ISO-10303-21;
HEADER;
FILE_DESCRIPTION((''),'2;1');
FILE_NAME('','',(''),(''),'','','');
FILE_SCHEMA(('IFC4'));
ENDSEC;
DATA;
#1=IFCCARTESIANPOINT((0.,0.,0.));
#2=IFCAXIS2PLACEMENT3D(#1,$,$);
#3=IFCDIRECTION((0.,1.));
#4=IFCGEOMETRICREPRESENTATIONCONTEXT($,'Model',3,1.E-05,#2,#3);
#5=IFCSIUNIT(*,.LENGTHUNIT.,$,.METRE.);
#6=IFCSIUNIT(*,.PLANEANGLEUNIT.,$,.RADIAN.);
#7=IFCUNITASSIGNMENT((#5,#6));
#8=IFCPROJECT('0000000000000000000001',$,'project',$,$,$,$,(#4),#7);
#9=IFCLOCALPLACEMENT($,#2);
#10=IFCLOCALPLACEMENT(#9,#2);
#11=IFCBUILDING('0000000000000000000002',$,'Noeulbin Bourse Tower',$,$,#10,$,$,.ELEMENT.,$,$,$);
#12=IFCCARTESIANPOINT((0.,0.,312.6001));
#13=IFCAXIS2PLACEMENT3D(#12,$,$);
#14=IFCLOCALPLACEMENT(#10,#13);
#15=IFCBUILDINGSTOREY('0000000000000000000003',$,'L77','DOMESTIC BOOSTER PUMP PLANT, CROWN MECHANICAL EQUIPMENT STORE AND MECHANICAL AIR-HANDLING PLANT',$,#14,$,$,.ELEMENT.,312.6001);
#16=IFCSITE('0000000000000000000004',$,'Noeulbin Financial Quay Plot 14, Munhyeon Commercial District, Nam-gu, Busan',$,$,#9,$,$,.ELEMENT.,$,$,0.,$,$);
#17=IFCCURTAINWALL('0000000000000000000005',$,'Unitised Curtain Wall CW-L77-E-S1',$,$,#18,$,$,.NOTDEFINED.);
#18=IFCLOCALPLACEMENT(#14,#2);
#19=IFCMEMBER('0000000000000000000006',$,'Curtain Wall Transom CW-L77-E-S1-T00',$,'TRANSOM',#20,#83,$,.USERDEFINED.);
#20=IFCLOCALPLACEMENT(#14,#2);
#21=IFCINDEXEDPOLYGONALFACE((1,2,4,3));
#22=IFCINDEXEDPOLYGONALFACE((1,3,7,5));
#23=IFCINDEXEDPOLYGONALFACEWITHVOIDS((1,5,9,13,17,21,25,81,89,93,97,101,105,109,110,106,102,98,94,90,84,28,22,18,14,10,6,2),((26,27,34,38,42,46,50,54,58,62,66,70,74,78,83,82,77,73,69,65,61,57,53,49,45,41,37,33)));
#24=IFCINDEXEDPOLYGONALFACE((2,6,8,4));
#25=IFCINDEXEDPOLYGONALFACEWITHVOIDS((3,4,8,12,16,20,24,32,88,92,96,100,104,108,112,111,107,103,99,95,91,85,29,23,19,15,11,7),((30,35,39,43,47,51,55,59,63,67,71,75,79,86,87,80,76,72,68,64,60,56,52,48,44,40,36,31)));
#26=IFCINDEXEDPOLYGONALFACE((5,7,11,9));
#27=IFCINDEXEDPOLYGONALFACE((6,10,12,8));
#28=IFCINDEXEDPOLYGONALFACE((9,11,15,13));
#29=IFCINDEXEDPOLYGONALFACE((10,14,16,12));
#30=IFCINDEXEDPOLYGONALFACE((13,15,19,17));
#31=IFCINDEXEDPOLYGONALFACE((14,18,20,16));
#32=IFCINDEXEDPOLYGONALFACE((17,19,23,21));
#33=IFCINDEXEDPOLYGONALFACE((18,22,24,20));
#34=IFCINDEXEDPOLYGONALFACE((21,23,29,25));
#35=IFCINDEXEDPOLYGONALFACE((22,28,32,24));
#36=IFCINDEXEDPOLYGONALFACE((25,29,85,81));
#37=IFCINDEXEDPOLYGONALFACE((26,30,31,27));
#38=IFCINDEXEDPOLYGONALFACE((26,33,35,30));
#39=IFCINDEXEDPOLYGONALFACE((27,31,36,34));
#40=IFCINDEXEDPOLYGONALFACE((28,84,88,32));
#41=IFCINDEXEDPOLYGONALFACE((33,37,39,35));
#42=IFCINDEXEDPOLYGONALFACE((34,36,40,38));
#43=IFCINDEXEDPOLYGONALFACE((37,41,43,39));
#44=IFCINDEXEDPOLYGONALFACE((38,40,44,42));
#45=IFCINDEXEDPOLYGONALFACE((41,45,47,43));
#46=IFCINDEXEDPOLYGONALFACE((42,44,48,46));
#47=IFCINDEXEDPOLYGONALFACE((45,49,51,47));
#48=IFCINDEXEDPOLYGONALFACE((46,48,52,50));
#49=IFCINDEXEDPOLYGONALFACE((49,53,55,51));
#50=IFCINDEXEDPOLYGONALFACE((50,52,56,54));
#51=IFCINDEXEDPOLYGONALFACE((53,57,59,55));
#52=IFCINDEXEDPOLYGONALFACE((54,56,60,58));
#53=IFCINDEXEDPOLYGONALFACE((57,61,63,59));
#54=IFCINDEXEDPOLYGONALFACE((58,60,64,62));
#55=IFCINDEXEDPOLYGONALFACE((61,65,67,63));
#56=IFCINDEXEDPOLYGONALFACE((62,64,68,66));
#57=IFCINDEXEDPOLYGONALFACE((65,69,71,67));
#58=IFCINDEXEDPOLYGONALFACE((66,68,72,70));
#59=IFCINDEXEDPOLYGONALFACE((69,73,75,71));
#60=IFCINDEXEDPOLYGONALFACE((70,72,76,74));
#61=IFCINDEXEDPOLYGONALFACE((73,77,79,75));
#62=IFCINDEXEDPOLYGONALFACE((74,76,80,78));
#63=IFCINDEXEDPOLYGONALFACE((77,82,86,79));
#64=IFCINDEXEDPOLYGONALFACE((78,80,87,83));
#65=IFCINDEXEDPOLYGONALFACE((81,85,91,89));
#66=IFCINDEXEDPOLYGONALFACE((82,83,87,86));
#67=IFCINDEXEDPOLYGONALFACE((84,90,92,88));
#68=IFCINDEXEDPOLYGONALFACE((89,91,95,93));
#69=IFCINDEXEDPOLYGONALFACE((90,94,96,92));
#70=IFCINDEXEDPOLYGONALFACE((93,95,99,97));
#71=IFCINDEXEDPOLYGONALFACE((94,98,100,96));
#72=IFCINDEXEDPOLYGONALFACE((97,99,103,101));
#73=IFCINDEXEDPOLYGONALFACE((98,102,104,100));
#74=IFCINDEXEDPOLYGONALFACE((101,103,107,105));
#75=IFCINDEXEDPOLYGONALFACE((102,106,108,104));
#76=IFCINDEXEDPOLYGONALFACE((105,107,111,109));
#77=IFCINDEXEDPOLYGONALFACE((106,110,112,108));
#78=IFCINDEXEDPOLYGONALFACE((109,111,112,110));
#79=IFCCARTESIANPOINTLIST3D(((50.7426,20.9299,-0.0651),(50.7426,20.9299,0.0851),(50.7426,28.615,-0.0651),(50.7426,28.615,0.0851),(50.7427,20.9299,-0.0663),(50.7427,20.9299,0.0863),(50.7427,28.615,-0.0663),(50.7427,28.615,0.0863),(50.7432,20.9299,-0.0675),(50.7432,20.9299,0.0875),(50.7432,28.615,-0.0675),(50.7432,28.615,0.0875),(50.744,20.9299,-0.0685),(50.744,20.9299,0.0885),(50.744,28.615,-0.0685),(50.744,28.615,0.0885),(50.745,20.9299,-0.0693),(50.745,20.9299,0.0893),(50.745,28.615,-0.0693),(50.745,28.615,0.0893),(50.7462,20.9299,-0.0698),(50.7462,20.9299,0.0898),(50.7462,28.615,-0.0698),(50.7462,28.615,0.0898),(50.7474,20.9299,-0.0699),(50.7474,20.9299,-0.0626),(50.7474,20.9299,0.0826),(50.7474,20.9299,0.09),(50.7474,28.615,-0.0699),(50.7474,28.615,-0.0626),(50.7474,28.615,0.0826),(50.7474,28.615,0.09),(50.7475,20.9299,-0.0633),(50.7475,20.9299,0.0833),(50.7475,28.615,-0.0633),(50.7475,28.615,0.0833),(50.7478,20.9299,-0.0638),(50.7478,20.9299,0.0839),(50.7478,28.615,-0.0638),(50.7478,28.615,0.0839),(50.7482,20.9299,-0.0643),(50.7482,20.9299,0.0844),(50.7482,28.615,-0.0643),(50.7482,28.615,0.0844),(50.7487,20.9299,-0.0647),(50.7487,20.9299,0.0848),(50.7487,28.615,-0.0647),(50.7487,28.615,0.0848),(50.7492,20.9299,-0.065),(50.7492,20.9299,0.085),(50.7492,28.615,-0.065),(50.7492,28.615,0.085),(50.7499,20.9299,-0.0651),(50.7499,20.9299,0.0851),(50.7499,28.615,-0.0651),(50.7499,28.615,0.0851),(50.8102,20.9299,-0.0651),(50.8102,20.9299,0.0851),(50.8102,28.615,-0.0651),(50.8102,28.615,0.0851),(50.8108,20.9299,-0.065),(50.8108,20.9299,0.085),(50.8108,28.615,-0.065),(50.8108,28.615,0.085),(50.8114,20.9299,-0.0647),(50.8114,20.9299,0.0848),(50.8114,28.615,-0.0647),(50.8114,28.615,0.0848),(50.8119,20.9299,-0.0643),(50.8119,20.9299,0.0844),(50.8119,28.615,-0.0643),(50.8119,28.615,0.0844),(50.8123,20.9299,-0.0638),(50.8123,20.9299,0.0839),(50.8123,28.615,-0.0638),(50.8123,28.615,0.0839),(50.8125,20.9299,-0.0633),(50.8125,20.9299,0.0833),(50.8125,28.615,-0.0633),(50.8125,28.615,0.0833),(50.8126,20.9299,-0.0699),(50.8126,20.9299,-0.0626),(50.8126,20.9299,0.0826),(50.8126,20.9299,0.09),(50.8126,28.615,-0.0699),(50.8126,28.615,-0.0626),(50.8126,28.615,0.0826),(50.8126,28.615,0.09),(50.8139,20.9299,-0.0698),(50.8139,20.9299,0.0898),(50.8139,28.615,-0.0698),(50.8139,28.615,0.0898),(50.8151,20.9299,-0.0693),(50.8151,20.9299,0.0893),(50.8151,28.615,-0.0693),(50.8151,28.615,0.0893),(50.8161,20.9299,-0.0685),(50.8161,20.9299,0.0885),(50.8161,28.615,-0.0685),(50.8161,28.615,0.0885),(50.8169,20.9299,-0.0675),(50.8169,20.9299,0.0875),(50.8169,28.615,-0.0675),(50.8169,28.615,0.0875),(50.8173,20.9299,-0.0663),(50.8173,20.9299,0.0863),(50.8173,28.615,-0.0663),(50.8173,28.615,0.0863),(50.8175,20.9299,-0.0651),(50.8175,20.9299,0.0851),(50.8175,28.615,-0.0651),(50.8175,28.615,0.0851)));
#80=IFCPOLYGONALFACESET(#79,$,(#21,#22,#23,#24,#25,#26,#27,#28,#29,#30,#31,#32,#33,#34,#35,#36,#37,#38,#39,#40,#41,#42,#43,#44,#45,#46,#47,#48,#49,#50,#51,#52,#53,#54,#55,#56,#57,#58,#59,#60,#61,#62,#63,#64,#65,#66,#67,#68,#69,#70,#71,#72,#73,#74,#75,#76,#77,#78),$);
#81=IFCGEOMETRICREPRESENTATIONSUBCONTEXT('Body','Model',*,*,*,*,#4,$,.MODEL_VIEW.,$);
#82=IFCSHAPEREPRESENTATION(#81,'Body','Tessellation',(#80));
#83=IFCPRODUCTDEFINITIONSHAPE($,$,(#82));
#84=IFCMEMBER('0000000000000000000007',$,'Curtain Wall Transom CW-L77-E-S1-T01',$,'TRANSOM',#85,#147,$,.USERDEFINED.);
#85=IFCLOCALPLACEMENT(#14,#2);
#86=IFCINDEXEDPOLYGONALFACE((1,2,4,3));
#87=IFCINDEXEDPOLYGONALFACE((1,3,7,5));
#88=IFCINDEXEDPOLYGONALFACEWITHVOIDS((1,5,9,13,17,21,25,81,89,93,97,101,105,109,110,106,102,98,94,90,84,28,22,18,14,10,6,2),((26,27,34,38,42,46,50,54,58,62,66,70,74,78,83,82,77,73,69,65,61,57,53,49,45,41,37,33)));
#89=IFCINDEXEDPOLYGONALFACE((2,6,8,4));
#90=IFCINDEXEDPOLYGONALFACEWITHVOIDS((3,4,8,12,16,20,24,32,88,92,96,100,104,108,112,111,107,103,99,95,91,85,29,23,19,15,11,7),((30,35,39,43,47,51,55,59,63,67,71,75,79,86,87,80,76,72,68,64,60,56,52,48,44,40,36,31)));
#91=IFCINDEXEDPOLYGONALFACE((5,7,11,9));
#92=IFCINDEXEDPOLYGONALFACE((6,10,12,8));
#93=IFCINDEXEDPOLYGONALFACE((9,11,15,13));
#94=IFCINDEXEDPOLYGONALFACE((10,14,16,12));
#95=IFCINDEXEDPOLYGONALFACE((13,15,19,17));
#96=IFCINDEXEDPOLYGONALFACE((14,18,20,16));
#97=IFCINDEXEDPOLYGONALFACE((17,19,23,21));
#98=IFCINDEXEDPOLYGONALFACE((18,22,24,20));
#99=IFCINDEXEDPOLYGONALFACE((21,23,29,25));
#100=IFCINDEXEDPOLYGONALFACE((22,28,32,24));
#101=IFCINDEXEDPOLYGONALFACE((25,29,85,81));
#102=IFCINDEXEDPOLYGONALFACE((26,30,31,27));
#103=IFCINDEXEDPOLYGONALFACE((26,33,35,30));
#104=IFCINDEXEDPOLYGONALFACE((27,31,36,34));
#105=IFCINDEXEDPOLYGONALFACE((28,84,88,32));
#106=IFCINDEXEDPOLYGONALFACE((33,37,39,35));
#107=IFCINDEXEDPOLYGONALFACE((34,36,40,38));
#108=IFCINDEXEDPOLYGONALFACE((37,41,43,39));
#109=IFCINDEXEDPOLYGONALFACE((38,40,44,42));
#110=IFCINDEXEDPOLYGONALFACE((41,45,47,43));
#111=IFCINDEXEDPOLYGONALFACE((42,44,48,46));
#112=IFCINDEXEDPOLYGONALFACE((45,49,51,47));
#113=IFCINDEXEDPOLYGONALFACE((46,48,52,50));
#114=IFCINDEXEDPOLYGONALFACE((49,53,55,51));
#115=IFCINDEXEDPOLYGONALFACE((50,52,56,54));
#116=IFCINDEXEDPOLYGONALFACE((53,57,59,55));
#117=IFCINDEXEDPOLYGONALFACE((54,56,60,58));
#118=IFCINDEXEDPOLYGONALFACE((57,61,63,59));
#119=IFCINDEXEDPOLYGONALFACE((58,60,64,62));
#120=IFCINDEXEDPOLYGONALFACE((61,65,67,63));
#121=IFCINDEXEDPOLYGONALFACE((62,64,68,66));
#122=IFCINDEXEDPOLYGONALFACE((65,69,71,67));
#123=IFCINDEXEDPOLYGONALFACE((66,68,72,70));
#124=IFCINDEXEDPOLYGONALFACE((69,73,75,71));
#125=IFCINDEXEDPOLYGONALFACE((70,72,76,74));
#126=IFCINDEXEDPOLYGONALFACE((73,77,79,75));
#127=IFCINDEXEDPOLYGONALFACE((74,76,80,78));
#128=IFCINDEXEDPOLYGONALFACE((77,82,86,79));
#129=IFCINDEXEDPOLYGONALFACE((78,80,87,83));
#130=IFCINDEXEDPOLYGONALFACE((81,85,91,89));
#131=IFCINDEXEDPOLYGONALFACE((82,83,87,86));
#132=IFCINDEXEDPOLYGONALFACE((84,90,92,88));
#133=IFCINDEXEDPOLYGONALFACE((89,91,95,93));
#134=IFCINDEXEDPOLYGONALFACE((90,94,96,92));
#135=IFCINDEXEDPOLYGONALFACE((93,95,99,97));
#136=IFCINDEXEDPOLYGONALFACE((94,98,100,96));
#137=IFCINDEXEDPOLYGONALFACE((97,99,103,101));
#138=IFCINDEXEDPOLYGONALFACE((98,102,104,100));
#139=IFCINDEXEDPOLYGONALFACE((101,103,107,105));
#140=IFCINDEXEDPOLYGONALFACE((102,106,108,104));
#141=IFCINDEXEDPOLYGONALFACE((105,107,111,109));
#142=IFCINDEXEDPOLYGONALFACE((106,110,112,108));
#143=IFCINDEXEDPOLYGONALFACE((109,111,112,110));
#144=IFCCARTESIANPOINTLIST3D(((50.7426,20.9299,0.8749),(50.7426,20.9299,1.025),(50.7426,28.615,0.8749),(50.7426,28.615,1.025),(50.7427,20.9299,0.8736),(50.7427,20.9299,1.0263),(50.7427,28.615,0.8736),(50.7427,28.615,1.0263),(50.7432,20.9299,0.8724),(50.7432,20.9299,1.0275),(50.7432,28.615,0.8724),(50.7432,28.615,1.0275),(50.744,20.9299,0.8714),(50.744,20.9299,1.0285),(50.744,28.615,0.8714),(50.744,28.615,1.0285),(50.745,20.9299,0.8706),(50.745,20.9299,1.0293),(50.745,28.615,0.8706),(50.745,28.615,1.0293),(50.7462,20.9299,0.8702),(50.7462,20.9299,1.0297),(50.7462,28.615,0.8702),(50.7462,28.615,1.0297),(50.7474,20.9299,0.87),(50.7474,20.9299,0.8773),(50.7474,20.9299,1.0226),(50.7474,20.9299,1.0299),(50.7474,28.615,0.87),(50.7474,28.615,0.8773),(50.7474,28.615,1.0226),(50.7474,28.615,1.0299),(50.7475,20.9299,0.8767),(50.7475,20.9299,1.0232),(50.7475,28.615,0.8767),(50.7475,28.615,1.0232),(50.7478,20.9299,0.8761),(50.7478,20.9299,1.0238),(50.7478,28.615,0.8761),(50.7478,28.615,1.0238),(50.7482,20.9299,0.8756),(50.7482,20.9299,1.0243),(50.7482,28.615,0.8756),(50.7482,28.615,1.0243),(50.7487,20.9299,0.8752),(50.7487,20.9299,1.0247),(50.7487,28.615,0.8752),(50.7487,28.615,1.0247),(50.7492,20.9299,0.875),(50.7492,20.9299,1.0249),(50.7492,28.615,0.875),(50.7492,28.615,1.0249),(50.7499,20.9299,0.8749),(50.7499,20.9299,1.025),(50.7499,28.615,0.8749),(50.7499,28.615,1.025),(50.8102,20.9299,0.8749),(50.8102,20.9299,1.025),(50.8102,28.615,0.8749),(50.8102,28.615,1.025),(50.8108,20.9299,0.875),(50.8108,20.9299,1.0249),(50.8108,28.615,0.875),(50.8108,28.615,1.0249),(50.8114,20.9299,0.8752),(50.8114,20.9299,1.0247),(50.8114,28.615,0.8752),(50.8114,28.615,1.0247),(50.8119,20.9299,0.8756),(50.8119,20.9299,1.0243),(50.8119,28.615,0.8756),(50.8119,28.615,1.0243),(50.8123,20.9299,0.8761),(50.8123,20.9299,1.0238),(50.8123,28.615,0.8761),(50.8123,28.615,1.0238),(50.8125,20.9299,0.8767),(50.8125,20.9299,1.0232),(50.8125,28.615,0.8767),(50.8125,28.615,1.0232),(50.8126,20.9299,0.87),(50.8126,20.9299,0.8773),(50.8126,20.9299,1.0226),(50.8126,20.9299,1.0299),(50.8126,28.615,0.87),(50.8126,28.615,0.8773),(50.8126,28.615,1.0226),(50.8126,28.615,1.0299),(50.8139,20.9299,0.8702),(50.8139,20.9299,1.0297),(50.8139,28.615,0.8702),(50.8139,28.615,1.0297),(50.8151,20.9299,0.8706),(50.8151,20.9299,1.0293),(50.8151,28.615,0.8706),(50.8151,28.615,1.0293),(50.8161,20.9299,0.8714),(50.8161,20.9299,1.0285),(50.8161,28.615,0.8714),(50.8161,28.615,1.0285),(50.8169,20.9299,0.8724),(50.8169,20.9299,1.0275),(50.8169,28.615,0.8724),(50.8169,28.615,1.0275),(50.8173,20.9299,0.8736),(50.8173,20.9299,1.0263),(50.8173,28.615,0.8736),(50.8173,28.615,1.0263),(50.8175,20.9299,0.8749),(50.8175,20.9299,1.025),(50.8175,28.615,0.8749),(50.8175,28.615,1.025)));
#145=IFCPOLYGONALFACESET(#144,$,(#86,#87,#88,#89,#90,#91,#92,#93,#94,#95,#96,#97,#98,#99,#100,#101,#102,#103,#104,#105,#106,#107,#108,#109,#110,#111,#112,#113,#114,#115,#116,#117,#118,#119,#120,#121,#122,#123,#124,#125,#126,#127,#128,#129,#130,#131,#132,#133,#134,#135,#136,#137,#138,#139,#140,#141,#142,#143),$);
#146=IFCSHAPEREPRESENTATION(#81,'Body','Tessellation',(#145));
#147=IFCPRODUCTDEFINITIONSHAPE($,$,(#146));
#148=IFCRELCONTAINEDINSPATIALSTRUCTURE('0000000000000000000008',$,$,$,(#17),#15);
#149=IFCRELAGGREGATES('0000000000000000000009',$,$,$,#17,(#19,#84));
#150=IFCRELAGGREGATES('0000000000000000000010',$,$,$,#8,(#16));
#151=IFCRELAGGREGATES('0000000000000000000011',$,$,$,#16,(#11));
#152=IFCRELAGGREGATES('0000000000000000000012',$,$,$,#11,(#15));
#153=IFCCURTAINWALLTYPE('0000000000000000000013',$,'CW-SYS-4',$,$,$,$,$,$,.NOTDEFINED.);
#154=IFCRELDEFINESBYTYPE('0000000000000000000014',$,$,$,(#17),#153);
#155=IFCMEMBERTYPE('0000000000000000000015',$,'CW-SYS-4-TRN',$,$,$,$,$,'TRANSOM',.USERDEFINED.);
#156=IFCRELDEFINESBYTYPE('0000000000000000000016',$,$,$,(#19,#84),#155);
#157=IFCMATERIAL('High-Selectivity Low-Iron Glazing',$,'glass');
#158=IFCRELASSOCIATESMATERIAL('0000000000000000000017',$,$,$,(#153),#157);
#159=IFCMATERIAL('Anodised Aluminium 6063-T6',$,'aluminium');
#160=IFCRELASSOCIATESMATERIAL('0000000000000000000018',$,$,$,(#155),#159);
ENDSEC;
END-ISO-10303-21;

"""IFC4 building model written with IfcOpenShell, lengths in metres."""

from ifc_helpers import new_model, si_unit, direction, frame, origin, origin_2d, place, context, subcontext, project, spatial, hollow_rectangle, extrude, material, material_profile, profile_set, type_object, element, aggregate, save


model = new_model("IFC4")

# Units and contexts
model_context = context("Model", 3, precision=1e-05, world=origin(), true_north=direction((0.0, 1.0)))
body_context = subcontext(model_context, "Body", "Model", "MODEL_VIEW")
ifc_project = project(units=[si_unit("LENGTHUNIT", "METRE"), si_unit("PLANEANGLEUNIT", "RADIAN")], contexts=[model_context])

# Site, building, storey
site_placement = place(None, origin())
site = spatial("IfcSite", under=ifc_project, at=site_placement, Name="Noeulbin Financial Quay Plot 14, Munhyeon Commercial District, Nam-gu, Busan", CompositionType="ELEMENT", RefElevation=0.0)
building_placement = place(site_placement, origin())
building = spatial("IfcBuilding", under=site, at=building_placement, Name="Noeulbin Bourse Tower", CompositionType="ELEMENT")
storey_placement = place(building_placement, frame((0.0, 0.0, 312.6001)))
storey = spatial("IfcBuildingStorey", under=building, at=storey_placement, Name="L77", Description="DOMESTIC BOOSTER PUMP PLANT, CROWN MECHANICAL EQUIPMENT STORE AND MECHANICAL AIR-HANDLING PLANT", CompositionType="ELEMENT", Elevation=312.6001)

# Curtain wall
ifc_material_1 = material(Name="High-Selectivity Low-Iron Glazing", Category="glass")
curtain_wall_type = type_object("IfcCurtainWallType", Name="CW-SYS-4", PredefinedType="NOTDEFINED", material=ifc_material_1)
ifc_material_2 = material(Name="Anodised Aluminium 6063-T6", Category="aluminium")
curtain_wall_1_placement = place(storey_placement, origin())
curtain_wall_1 = element("IfcCurtainWall", 1, at=curtain_wall_1_placement, inside=storey, type_object=curtain_wall_type, Name="Unitised Curtain Wall CW-L77-E-S1", PredefinedType="NOTDEFINED")

# Members
ifc_material_profile_1 = material_profile(ifc_material_2, hollow_rectangle(XDim=0.075, YDim=0.1599, WallThickness=0.0049, InnerFilletRadius=0.0024, OuterFilletRadius=0.0049, at=origin_2d()), Name="ALU-TRAN-75x160x5", Category="LoadBearing")
ifc_profile_set_1 = profile_set([ifc_material_profile_1], Name="Anodised Aluminium 6063-T6")
member_type_1 = type_object("IfcMemberType", Name="CW-SYS-4-TRN", ElementType="TRANSOM", PredefinedType="USERDEFINED", material=ifc_profile_set_1)
member_1_placement = place(storey_placement, frame((50.78, 20.9299, 0.01), z_axis=(0.0, 1.0, 0.0), x_axis=(-1.0, 0.0, 0.0)))
member_1 = element("IfcMember", 2, at=member_1_placement, type_object=member_type_1, Name="Curtain Wall Transom CW-L77-E-S1-T00", ObjectType="TRANSOM", PredefinedType="USERDEFINED", context=body_context, shape_type="SweptSolid", body=[
    extrude(hollow_rectangle(XDim=0.075, YDim=0.1599, WallThickness=0.0049, InnerFilletRadius=0.0024, OuterFilletRadius=0.0049, at=origin_2d()), origin(), (0.0, 0.0, 1.0), 7.6851),
])
member_2_placement = place(storey_placement, frame((50.78, 20.9299, 0.95), z_axis=(0.0, 1.0, 0.0), x_axis=(-1.0, 0.0, 0.0)))
member_2 = element("IfcMember", 3, at=member_2_placement, type_object=member_type_1, Name="Curtain Wall Transom CW-L77-E-S1-T01", ObjectType="TRANSOM", PredefinedType="USERDEFINED", context=body_context, shape_type="SweptSolid", body=[
    extrude(hollow_rectangle(XDim=0.075, YDim=0.1599, WallThickness=0.0049, InnerFilletRadius=0.0024, OuterFilletRadius=0.0049, at=origin_2d()), origin(), (0.0, 0.0, 1.0), 7.6851),
])

aggregate(curtain_wall_1, [member_1, member_2])

save(model, "model.ifc")
